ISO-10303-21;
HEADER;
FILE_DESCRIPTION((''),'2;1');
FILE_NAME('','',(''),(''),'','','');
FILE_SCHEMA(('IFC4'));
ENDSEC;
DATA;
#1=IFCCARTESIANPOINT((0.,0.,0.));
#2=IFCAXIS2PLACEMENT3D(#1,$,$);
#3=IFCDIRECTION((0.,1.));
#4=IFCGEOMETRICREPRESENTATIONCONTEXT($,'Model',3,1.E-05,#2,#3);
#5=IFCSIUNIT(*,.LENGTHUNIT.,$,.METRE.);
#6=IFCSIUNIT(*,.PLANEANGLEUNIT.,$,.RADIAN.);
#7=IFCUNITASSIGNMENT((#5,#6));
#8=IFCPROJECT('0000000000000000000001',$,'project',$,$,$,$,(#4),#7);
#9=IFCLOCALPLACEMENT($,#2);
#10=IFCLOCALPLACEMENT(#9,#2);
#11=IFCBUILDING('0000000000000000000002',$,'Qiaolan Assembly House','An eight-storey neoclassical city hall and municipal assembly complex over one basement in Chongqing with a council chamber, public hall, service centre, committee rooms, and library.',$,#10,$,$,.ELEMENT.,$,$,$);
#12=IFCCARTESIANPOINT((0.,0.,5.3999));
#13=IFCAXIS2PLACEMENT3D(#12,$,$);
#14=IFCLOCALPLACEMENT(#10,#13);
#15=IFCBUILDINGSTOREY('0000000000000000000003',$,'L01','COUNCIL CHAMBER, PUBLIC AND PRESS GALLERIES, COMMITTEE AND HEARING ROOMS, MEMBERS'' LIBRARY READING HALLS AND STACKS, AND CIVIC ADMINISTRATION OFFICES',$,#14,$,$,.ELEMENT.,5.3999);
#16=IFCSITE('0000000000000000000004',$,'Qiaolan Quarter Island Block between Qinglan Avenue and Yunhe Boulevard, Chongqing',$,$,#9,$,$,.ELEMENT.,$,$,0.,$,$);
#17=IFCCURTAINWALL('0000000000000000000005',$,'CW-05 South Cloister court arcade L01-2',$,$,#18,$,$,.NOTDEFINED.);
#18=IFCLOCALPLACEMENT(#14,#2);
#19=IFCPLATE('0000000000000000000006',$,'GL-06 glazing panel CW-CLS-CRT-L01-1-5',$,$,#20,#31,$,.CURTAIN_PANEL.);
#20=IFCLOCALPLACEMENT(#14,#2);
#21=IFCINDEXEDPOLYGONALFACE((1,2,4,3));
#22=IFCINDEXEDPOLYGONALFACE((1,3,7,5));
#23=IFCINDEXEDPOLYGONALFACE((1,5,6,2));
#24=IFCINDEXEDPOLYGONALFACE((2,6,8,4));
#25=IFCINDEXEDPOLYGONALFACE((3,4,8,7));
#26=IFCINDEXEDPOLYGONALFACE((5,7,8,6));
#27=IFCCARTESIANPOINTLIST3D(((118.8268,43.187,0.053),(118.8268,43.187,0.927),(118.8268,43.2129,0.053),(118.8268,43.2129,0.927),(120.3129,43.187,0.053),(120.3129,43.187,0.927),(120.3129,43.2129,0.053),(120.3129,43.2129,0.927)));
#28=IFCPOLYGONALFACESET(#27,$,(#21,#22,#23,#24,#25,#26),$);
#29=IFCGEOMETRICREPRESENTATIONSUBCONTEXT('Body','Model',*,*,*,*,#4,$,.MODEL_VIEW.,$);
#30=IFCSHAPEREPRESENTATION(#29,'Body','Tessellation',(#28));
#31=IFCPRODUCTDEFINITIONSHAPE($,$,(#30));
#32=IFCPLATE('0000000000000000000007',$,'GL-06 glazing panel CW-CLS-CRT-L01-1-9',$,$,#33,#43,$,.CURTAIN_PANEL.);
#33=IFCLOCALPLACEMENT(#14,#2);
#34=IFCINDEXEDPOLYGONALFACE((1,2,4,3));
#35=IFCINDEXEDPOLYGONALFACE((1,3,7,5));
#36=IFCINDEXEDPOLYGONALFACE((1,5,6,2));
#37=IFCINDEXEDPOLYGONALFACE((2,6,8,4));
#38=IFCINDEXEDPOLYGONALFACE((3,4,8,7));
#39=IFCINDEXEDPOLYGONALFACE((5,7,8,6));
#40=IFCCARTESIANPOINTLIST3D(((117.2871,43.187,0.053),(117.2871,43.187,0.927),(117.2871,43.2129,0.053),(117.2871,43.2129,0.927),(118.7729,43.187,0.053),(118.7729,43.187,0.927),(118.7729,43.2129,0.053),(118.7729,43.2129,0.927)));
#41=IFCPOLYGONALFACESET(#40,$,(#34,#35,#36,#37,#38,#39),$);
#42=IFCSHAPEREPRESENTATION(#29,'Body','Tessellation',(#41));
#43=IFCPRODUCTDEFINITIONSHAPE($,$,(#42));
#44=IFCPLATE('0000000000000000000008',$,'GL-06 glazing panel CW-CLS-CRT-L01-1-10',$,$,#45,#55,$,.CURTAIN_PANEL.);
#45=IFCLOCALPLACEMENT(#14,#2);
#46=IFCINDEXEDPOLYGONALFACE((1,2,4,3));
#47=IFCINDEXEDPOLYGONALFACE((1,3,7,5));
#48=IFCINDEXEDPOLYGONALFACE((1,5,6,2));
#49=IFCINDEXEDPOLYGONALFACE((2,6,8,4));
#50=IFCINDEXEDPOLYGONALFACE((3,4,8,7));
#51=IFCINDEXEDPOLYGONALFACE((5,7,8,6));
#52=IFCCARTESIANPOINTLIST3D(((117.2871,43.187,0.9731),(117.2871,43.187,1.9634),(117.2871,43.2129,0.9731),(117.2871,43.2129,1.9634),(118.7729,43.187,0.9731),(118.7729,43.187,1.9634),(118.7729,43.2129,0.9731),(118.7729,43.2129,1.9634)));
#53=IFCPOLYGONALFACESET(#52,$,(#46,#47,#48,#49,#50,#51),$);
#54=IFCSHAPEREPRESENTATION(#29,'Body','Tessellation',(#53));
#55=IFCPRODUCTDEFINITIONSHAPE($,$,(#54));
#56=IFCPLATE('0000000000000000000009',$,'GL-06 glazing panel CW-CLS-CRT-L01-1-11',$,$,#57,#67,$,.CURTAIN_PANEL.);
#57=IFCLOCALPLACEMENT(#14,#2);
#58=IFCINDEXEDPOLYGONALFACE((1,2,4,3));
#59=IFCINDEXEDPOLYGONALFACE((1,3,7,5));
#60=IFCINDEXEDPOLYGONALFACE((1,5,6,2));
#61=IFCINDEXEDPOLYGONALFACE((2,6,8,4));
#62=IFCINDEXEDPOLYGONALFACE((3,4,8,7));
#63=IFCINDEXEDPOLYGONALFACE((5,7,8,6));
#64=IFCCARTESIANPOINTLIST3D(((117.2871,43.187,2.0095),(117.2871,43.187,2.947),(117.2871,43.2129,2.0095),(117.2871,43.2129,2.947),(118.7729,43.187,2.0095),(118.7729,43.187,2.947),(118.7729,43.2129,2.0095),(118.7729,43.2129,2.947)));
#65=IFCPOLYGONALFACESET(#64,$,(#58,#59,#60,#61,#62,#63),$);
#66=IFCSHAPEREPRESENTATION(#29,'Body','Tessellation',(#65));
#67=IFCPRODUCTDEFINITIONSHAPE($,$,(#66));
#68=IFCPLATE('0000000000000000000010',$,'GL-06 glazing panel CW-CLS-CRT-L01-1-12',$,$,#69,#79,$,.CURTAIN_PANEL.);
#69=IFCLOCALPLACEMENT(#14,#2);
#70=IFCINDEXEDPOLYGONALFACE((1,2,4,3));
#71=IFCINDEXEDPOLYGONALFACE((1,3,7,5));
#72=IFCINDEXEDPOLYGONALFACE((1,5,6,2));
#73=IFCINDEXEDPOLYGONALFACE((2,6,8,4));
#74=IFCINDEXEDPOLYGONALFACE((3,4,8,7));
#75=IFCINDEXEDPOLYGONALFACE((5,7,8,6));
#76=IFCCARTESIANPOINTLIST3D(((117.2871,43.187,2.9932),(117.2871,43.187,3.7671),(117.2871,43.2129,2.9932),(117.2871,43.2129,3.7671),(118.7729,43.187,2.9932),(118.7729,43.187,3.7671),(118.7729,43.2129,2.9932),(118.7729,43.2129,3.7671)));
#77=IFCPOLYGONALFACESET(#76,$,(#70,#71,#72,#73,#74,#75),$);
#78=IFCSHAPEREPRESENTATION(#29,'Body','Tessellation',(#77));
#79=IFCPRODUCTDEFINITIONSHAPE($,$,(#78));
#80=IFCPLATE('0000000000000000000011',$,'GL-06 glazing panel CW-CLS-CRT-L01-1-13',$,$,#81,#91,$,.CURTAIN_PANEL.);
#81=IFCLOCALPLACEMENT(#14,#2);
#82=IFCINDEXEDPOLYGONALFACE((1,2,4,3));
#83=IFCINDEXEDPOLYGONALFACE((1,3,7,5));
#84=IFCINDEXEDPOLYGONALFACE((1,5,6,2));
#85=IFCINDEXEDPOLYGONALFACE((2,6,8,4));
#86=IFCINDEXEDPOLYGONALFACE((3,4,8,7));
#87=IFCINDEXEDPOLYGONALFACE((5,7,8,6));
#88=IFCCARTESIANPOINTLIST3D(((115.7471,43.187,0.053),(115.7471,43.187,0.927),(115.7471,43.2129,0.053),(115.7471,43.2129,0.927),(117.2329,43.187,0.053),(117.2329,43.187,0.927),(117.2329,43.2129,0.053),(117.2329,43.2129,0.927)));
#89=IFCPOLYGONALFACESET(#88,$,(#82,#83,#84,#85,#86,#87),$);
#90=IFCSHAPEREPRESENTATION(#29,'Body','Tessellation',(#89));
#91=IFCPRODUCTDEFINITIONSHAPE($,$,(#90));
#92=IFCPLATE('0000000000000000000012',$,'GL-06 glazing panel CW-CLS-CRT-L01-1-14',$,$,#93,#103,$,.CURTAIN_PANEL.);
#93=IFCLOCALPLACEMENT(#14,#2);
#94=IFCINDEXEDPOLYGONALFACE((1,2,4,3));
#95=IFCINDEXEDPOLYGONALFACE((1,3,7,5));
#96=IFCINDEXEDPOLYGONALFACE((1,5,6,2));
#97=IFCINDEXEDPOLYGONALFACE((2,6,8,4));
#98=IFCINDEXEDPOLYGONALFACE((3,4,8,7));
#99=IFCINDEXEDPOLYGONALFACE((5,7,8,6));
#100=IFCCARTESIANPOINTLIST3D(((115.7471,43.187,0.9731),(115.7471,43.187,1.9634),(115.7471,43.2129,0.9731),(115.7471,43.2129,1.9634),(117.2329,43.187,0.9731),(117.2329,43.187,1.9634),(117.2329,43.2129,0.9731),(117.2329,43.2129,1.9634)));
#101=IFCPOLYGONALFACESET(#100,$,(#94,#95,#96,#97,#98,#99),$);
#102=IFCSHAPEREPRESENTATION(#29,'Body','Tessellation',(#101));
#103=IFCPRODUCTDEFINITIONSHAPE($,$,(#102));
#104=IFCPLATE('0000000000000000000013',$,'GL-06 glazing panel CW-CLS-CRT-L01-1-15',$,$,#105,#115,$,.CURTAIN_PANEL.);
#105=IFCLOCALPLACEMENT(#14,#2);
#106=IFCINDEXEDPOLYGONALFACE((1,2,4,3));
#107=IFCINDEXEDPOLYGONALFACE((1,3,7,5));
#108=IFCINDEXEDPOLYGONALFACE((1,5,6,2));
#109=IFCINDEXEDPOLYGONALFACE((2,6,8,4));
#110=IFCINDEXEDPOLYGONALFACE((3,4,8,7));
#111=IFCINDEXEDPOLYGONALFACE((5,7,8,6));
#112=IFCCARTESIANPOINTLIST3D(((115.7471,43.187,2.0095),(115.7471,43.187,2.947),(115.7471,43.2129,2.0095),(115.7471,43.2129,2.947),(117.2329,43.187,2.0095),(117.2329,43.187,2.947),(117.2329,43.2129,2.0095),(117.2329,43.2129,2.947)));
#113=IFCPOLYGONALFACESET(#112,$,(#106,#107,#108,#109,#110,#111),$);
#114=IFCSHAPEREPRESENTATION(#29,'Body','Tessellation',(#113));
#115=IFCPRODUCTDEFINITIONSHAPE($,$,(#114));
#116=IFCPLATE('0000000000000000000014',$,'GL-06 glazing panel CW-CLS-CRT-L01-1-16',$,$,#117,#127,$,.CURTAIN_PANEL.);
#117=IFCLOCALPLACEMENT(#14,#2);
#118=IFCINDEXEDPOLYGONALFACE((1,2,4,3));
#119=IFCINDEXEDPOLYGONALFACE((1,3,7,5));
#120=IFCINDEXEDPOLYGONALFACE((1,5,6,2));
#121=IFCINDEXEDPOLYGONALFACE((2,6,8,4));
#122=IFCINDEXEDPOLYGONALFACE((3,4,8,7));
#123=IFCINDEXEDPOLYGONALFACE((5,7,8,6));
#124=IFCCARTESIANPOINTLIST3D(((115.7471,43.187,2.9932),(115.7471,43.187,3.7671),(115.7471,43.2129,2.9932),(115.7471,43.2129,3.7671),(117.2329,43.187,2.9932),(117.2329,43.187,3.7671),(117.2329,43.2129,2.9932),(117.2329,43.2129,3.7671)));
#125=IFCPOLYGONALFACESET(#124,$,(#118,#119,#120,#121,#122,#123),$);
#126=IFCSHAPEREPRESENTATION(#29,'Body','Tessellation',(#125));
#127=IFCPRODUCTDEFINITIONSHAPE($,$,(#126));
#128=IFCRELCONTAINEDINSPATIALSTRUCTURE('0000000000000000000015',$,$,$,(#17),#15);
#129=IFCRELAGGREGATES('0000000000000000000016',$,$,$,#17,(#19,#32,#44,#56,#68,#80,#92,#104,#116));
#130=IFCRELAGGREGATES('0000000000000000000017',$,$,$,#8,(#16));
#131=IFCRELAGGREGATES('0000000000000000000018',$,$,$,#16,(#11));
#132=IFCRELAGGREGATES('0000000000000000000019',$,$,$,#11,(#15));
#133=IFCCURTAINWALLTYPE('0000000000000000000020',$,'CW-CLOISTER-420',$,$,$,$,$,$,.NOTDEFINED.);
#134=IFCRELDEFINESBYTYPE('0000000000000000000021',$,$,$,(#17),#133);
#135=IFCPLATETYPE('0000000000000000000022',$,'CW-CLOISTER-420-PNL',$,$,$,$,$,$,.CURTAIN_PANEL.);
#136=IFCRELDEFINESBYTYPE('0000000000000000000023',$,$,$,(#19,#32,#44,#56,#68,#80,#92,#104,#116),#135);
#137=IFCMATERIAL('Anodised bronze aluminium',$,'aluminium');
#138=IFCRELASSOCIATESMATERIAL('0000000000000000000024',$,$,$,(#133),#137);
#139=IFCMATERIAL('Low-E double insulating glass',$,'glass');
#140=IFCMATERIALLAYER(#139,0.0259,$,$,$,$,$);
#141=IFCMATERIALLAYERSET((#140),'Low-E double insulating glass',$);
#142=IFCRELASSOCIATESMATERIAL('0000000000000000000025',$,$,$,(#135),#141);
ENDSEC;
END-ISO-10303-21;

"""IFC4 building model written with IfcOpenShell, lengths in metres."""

from ifc_helpers import new_model, si_unit, direction, frame, frame_2d, origin, place, context, subcontext, project, spatial, rectangle, extrude, material, layer, layer_set, type_object, element, aggregate, save


model = new_model("IFC4")

# Units and contexts
model_context = context("Model", 3, precision=1e-05, world=origin(), true_north=direction((0.0, 1.0)))
body_context = subcontext(model_context, "Body", "Model", "MODEL_VIEW")
ifc_project = project(units=[si_unit("LENGTHUNIT", "METRE"), si_unit("PLANEANGLEUNIT", "RADIAN")], contexts=[model_context])

# Site, building, storey
site_placement = place(None, origin())
site = spatial("IfcSite", under=ifc_project, at=site_placement, Name="Qiaolan Quarter Island Block between Qinglan Avenue and Yunhe Boulevard, Chongqing", CompositionType="ELEMENT", RefElevation=0.0)
building_placement = place(site_placement, origin())
building = spatial("IfcBuilding", under=site, at=building_placement, Name="Qiaolan Assembly House", Description="An eight-storey neoclassical city hall and municipal assembly complex over one basement in Chongqing with a council chamber, public hall, service centre, committee rooms, and library.", CompositionType="ELEMENT")
storey_placement = place(building_placement, frame((0.0, 0.0, 5.3999)))
storey = spatial("IfcBuildingStorey", under=building, at=storey_placement, Name="L01", Description="COUNCIL CHAMBER, PUBLIC AND PRESS GALLERIES, COMMITTEE AND HEARING ROOMS, MEMBERS' LIBRARY READING HALLS AND STACKS, AND CIVIC ADMINISTRATION OFFICES", CompositionType="ELEMENT", Elevation=5.3999)

# Curtain wall, plates
ifc_material_1 = material(Name="Anodised bronze aluminium", Category="aluminium")
curtain_wall_type = type_object("IfcCurtainWallType", Name="CW-CLOISTER-420", PredefinedType="NOTDEFINED", material=ifc_material_1)
curtain_wall_placement = place(storey_placement, origin())
curtain_wall = element("IfcCurtainWall", 1, at=curtain_wall_placement, inside=storey, type_object=curtain_wall_type, Name="CW-05 South Cloister court arcade L01-2", PredefinedType="NOTDEFINED")
ifc_material_2 = material(Name="Low-E double insulating glass", Category="glass")
ifc_layer = layer(ifc_material_2, 0.0259)
ifc_layer_set = layer_set([ifc_layer], Name="Low-E double insulating glass")
plate_type = type_object("IfcPlateType", Name="CW-CLOISTER-420-PNL", PredefinedType="CURTAIN_PANEL", material=ifc_layer_set)
plate_1_placement = place(storey_placement, frame((120.313, 43.2, 0.053), z_axis=(0.0, 0.0, 1.0), x_axis=(-1.0, 0.0, 0.0)))
plate_1 = element("IfcPlate", 2, at=plate_1_placement, type_object=plate_type, Name="GL-06 glazing panel CW-CLS-CRT-L01-1-5", PredefinedType="CURTAIN_PANEL", context=body_context, shape_type="SweptSolid", body=[
    extrude(rectangle(XDim=1.4861, YDim=0.0259, at=frame_2d((0.7432, 0.0))), origin(), (0.0, 0.0, 1.0), 0.874),
])
plate_2_placement = place(storey_placement, frame((118.7729, 43.2, 0.053), z_axis=(0.0, 0.0, 1.0), x_axis=(-1.0, 0.0, 0.0)))
plate_2 = element("IfcPlate", 3, at=plate_2_placement, type_object=plate_type, Name="GL-06 glazing panel CW-CLS-CRT-L01-1-9", PredefinedType="CURTAIN_PANEL", context=body_context, shape_type="SweptSolid", body=[
    extrude(rectangle(XDim=1.4858, YDim=0.0259, at=frame_2d((0.7429, 0.0))), origin(), (0.0, 0.0, 1.0), 0.874),
])
plate_3_placement = place(storey_placement, frame((118.7729, 43.2, 0.9731), z_axis=(0.0, 0.0, 1.0), x_axis=(-1.0, 0.0, 0.0)))
plate_3 = element("IfcPlate", 4, at=plate_3_placement, type_object=plate_type, Name="GL-06 glazing panel CW-CLS-CRT-L01-1-10", PredefinedType="CURTAIN_PANEL", context=body_context, shape_type="SweptSolid", body=[
    extrude(rectangle(XDim=1.4858, YDim=0.0259, at=frame_2d((0.7429, 0.0))), origin(), (0.0, 0.0, 1.0), 0.9902),
])
plate_4_placement = place(storey_placement, frame((118.7729, 43.2, 2.0095), z_axis=(0.0, 0.0, 1.0), x_axis=(-1.0, 0.0, 0.0)))
plate_4 = element("IfcPlate", 5, at=plate_4_placement, type_object=plate_type, Name="GL-06 glazing panel CW-CLS-CRT-L01-1-11", PredefinedType="CURTAIN_PANEL", context=body_context, shape_type="SweptSolid", body=[
    extrude(rectangle(XDim=1.4858, YDim=0.0259, at=frame_2d((0.7429, 0.0))), origin(), (0.0, 0.0, 1.0), 0.9375),
])
plate_5_placement = place(storey_placement, frame((118.7729, 43.2, 2.9932), z_axis=(0.0, 0.0, 1.0), x_axis=(-1.0, 0.0, 0.0)))
plate_5 = element("IfcPlate", 6, at=plate_5_placement, type_object=plate_type, Name="GL-06 glazing panel CW-CLS-CRT-L01-1-12", PredefinedType="CURTAIN_PANEL", context=body_context, shape_type="SweptSolid", body=[
    extrude(rectangle(XDim=1.4858, YDim=0.0259, at=frame_2d((0.7429, 0.0))), origin(), (0.0, 0.0, 1.0), 0.7739),
])
plate_6_placement = place(storey_placement, frame((117.2329, 43.2, 0.053), z_axis=(0.0, 0.0, 1.0), x_axis=(-1.0, 0.0, 0.0)))
plate_6 = element("IfcPlate", 7, at=plate_6_placement, type_object=plate_type, Name="GL-06 glazing panel CW-CLS-CRT-L01-1-13", PredefinedType="CURTAIN_PANEL", context=body_context, shape_type="SweptSolid", body=[
    extrude(rectangle(XDim=1.4858, YDim=0.0259, at=frame_2d((0.7429, 0.0))), origin(), (0.0, 0.0, 1.0), 0.874),
])
plate_7_placement = place(storey_placement, frame((117.2329, 43.2, 0.9731), z_axis=(0.0, 0.0, 1.0), x_axis=(-1.0, 0.0, 0.0)))
plate_7 = element("IfcPlate", 8, at=plate_7_placement, type_object=plate_type, Name="GL-06 glazing panel CW-CLS-CRT-L01-1-14", PredefinedType="CURTAIN_PANEL", context=body_context, shape_type="SweptSolid", body=[
    extrude(rectangle(XDim=1.4858, YDim=0.0259, at=frame_2d((0.7429, 0.0))), origin(), (0.0, 0.0, 1.0), 0.9902),
])
plate_8_placement = place(storey_placement, frame((117.2329, 43.2, 2.0095), z_axis=(0.0, 0.0, 1.0), x_axis=(-1.0, 0.0, 0.0)))
plate_8 = element("IfcPlate", 9, at=plate_8_placement, type_object=plate_type, Name="GL-06 glazing panel CW-CLS-CRT-L01-1-15", PredefinedType="CURTAIN_PANEL", context=body_context, shape_type="SweptSolid", body=[
    extrude(rectangle(XDim=1.4858, YDim=0.0259, at=frame_2d((0.7429, 0.0))), origin(), (0.0, 0.0, 1.0), 0.9375),
])
plate_9_placement = place(storey_placement, frame((117.2329, 43.2, 2.9932), z_axis=(0.0, 0.0, 1.0), x_axis=(-1.0, 0.0, 0.0)))
plate_9 = element("IfcPlate", 10, at=plate_9_placement, type_object=plate_type, Name="GL-06 glazing panel CW-CLS-CRT-L01-1-16", PredefinedType="CURTAIN_PANEL", context=body_context, shape_type="SweptSolid", body=[
    extrude(rectangle(XDim=1.4858, YDim=0.0259, at=frame_2d((0.7429, 0.0))), origin(), (0.0, 0.0, 1.0), 0.7739),
])
aggregate(curtain_wall, [plate_1, plate_2, plate_3, plate_4, plate_5, plate_6, plate_7, plate_8, plate_9])

save(model, "model.ifc")
